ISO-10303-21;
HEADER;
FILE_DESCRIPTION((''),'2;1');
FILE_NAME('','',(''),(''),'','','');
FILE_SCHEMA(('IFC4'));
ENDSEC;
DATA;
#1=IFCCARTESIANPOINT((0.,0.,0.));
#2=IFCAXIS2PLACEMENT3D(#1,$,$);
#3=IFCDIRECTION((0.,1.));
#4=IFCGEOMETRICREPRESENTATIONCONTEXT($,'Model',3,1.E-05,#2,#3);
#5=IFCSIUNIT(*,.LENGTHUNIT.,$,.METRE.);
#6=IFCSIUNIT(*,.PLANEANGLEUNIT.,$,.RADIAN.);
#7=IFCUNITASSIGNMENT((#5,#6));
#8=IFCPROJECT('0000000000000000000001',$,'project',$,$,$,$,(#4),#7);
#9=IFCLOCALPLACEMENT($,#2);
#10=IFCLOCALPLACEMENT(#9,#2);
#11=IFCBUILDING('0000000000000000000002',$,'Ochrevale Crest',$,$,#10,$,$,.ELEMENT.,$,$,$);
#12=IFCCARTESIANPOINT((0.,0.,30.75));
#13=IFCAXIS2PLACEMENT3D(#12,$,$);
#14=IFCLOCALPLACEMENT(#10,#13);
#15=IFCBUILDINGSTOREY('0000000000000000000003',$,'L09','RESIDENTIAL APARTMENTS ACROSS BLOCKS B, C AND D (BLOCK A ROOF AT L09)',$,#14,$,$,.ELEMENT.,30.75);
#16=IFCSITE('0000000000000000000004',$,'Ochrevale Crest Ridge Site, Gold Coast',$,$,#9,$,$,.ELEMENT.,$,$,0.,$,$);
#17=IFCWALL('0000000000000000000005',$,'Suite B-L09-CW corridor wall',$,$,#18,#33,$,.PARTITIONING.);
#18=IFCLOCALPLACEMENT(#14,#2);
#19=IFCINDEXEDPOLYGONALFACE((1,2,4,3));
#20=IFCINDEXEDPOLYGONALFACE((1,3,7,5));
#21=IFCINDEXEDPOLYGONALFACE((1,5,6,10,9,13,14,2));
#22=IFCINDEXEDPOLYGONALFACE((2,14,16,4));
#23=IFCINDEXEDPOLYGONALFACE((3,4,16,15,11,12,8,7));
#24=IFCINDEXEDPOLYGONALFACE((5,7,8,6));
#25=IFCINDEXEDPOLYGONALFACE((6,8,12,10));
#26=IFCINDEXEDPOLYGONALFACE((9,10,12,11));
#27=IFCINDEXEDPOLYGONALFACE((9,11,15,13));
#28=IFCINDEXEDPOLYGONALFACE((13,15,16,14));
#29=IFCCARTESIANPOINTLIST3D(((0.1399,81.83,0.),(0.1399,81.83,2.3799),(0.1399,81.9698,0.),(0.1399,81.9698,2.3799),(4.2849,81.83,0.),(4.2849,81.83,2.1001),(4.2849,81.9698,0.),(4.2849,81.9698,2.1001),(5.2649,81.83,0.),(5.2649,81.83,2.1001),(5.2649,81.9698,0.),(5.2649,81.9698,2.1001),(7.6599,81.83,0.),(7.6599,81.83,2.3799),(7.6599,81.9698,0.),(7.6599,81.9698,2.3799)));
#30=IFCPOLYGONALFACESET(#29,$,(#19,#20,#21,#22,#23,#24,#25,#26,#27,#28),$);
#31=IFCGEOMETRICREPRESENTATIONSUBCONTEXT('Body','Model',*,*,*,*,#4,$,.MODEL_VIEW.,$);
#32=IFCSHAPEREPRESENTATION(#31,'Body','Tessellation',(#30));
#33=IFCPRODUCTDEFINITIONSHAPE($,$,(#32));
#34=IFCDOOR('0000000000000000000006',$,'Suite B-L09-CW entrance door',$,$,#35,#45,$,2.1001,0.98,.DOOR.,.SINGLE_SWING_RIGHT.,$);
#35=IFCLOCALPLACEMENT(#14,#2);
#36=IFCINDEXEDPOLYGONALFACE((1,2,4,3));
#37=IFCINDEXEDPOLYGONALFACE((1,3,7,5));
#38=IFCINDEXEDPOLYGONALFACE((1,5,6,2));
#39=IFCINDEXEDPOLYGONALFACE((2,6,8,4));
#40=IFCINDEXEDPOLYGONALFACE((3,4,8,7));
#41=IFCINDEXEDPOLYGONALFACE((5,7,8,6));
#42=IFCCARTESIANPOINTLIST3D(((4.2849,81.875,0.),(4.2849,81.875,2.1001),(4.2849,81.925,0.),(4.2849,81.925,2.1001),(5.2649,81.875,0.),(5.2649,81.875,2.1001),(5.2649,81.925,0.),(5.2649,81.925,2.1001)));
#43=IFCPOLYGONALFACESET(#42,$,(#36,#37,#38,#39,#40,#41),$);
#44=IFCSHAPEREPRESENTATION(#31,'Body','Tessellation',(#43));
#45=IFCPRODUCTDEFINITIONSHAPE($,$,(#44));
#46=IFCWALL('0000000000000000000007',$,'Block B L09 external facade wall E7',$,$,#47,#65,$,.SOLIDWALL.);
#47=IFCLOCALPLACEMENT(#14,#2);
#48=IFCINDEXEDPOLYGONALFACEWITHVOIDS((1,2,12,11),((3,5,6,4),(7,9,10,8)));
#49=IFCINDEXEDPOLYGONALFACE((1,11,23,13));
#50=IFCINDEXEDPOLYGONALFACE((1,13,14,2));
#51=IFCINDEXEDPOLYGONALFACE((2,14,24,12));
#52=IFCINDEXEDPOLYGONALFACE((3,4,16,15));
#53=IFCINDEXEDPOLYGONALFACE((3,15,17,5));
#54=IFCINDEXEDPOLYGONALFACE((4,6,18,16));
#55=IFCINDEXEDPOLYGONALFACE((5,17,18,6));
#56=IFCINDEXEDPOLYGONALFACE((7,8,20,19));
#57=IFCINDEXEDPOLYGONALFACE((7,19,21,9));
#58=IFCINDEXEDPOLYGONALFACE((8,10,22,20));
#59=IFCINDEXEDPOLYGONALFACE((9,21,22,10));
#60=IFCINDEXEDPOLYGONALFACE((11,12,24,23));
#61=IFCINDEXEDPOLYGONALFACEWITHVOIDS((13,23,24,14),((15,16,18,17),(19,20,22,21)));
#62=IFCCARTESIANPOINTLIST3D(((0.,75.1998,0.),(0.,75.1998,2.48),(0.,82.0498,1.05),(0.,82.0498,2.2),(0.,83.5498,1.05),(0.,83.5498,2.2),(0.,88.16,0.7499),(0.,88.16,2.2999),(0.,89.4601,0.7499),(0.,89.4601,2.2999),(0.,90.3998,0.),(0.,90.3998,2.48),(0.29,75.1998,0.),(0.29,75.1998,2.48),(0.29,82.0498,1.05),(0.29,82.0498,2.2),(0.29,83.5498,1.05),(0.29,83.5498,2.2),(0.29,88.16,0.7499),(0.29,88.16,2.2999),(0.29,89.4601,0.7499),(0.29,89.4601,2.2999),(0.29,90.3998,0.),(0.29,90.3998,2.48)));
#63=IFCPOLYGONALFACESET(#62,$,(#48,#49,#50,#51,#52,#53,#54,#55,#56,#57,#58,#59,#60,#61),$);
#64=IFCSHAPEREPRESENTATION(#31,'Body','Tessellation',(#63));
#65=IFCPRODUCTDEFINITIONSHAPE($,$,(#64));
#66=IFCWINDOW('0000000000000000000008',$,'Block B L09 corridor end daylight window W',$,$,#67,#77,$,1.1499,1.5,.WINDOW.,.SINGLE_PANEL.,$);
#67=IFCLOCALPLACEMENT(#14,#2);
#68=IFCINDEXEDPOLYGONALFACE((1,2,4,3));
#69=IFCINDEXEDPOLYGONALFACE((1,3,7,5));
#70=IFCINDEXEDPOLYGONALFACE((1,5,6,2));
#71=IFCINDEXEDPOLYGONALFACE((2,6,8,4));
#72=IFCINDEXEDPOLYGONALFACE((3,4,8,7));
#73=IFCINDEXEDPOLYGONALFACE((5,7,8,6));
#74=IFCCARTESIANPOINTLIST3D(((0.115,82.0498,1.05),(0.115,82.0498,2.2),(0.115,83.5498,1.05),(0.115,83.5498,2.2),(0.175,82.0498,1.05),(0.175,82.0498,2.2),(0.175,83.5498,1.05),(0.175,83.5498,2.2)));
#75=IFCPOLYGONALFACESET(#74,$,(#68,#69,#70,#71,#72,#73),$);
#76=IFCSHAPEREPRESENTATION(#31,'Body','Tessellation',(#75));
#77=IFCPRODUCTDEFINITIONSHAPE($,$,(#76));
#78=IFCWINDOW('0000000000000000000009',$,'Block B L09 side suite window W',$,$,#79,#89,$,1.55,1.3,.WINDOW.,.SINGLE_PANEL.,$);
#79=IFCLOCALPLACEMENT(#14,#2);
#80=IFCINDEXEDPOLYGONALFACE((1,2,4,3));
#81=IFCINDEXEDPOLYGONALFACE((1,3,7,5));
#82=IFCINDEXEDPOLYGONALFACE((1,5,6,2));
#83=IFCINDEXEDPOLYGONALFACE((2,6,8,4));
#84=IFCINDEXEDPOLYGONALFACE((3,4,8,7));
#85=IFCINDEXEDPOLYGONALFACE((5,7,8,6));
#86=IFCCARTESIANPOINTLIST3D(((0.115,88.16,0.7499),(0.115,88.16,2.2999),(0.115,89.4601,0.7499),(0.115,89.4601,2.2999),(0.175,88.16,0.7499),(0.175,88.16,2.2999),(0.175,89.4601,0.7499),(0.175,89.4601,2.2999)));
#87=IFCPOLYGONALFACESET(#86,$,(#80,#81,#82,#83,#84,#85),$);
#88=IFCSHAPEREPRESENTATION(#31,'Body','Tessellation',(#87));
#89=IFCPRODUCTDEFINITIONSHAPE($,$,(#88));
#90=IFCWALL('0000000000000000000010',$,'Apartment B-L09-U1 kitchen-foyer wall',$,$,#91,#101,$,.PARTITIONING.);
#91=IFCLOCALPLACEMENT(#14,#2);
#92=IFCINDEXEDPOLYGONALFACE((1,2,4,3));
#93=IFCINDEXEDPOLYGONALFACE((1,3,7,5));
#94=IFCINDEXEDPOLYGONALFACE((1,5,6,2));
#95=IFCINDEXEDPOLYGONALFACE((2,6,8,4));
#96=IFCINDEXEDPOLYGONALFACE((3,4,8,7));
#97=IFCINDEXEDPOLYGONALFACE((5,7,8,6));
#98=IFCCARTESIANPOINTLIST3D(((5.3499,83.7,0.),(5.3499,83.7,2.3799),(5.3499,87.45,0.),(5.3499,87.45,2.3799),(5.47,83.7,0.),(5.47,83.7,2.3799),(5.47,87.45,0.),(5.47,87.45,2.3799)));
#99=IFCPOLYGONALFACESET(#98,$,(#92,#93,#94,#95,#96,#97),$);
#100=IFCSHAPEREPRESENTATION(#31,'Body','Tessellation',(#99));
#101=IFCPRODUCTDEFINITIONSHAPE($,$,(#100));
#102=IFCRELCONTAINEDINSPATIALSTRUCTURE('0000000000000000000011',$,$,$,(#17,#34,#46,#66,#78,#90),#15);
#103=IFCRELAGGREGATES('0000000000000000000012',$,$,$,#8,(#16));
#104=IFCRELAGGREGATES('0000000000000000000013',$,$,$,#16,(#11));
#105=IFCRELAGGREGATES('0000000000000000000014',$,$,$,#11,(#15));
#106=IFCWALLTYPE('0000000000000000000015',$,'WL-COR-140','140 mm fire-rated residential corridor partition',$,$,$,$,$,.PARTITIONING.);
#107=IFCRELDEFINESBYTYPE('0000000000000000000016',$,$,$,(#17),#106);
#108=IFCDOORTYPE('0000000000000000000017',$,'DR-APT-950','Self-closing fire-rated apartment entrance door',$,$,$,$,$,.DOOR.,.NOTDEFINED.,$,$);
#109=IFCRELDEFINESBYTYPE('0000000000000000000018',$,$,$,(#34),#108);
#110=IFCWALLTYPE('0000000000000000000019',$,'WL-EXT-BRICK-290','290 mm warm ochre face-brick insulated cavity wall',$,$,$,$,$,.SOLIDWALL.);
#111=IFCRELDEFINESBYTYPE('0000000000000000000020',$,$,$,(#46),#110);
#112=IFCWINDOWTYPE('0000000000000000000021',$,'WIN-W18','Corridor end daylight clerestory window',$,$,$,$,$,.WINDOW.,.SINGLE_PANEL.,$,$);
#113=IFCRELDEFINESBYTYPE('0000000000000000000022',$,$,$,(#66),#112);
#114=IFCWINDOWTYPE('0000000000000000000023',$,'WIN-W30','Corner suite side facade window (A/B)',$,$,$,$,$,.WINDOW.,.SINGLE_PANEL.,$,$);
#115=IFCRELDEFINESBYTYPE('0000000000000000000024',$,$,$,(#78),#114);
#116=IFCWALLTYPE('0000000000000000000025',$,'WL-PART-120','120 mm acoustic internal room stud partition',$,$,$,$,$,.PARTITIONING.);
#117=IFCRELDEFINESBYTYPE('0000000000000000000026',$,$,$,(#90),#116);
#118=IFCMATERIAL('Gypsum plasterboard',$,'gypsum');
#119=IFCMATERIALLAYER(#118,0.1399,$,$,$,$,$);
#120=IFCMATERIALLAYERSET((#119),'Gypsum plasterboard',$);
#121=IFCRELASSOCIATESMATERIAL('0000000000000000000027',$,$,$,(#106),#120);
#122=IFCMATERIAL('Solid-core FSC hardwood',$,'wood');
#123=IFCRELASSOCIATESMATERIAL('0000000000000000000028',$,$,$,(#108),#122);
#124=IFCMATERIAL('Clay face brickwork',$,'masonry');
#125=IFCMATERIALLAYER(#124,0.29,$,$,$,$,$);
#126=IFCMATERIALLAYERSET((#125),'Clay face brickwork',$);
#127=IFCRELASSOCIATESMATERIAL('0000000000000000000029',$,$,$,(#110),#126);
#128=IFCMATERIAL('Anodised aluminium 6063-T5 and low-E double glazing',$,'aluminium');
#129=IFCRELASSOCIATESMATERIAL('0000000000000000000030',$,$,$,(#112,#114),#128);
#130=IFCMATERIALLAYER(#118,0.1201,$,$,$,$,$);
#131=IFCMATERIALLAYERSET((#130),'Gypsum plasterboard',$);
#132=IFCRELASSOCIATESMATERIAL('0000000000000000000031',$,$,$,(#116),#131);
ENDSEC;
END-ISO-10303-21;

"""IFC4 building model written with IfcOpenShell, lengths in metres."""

from ifc_helpers import new_model, si_unit, direction, frame, frame_2d, origin, place, context, subcontext, project, spatial, rectangle, extrude, material, layer, layer_set, type_object, element, fill, save


model = new_model("IFC4")

# Units and contexts
model_context = context("Model", 3, precision=1e-05, world=origin(), true_north=direction((0.0, 1.0)))
body_context = subcontext(model_context, "Body", "Model", "MODEL_VIEW")
ifc_project = project(units=[si_unit("LENGTHUNIT", "METRE"), si_unit("PLANEANGLEUNIT", "RADIAN")], contexts=[model_context])

# Site, building, storey
site_placement = place(None, origin())
site = spatial("IfcSite", under=ifc_project, at=site_placement, Name="Ochrevale Crest Ridge Site, Gold Coast", CompositionType="ELEMENT", RefElevation=0.0)
building_placement = place(site_placement, origin())
building = spatial("IfcBuilding", under=site, at=building_placement, Name="Ochrevale Crest", CompositionType="ELEMENT")
storey_placement = place(building_placement, frame((0.0, 0.0, 30.75)))
storey = spatial("IfcBuildingStorey", under=building, at=storey_placement, Name="L09", Description="RESIDENTIAL APARTMENTS ACROSS BLOCKS B, C AND D (BLOCK A ROOF AT L09)", CompositionType="ELEMENT", Elevation=30.75)

# Wall, opening, door
ifc_material_1 = material(Name="Gypsum plasterboard", Category="gypsum")
ifc_layer_1 = layer(ifc_material_1, 0.1399)
ifc_layer_set_1 = layer_set([ifc_layer_1], Name="Gypsum plasterboard")
wall_type_1 = type_object("IfcWallType", Name="WL-COR-140", Description="140 mm fire-rated residential corridor partition", PredefinedType="PARTITIONING", material=ifc_layer_set_1)
ifc_material_2 = material(Name="Solid-core FSC hardwood", Category="wood")
door_type_1 = type_object("IfcDoorType", Name="DR-APT-950", Description="Self-closing fire-rated apartment entrance door", OperationType="NOTDEFINED", PredefinedType="DOOR", material=ifc_material_2)
wall_1_placement = place(storey_placement, frame((0.1399, 81.8999, 0.0), z_axis=(0.0, 0.0, 1.0), x_axis=(1.0, 0.0, 0.0)))
wall_1 = element("IfcWall", 1, at=wall_1_placement, inside=storey, type_object=wall_type_1, Name="Suite B-L09-CW corridor wall", PredefinedType="PARTITIONING", context=body_context, shape_type="SweptSolid", body=[
    extrude(rectangle(XDim=7.52, YDim=0.1399, at=frame_2d((3.76, 0.0))), origin(), (0.0, 0.0, 1.0), 2.3799),
])
opening_1_placement = place(wall_1_placement, frame((5.125, 0.0, 0.0), z_axis=(0.0, 0.0, 1.0), x_axis=(-1.0, 0.0, 0.0)))
opening_1 = element("IfcOpeningElement", 2, at=opening_1_placement, cuts=wall_1, PredefinedType="OPENING", context=body_context, shape_type="SweptSolid", body=[
    extrude(rectangle(XDim=0.98, YDim=2.1001, at=frame_2d((0.49, 1.05))), frame((0.0, 0.0801, 0.0), z_axis=(0.0, -1.0, 0.0), x_axis=(1.0, 0.0, 0.0)), (0.0, 0.0, 1.0), 0.1599),
])
door_1_placement = place(opening_1_placement, origin())
door_1 = element("IfcDoor", 3, at=door_1_placement, inside=storey, type_object=door_type_1, Name="Suite B-L09-CW entrance door", OperationType="SINGLE_SWING_RIGHT", OverallHeight=2.1001, OverallWidth=0.98, PredefinedType="DOOR", context=body_context, shape_type="SweptSolid", body=[
    extrude(rectangle(XDim=0.98, YDim=2.1001, at=frame_2d((0.49, 1.05))), frame((0.0, 0.0249, 0.0), z_axis=(0.0, -1.0, 0.0), x_axis=(1.0, 0.0, 0.0)), (0.0, 0.0, 1.0), 0.05),
])
fill(opening_1, door_1)

# Wall, openings, windows
ifc_material_3 = material(Name="Clay face brickwork", Category="masonry")
ifc_layer_2 = layer(ifc_material_3, 0.29)
ifc_layer_set_2 = layer_set([ifc_layer_2], Name="Clay face brickwork")
wall_type_2 = type_object("IfcWallType", Name="WL-EXT-BRICK-290", Description="290 mm warm ochre face-brick insulated cavity wall", PredefinedType="SOLIDWALL", material=ifc_layer_set_2)
wall_2_placement = place(storey_placement, frame((0.145, 90.3999, 0.0), z_axis=(0.0, 0.0, 1.0), x_axis=(0.0, -1.0, 0.0)))
wall_2 = element("IfcWall", 4, at=wall_2_placement, inside=storey, type_object=wall_type_2, Name="Block B L09 external facade wall E7", PredefinedType="SOLIDWALL", context=body_context, shape_type="SweptSolid", body=[
    extrude(rectangle(XDim=15.2, YDim=0.29, at=frame_2d((7.6001, 0.0))), origin(), (0.0, 0.0, 1.0), 2.48),
])
opening_2_placement = place(wall_2_placement, frame((6.8501, 0.0, 1.05)))
opening_2 = element("IfcOpeningElement", 5, at=opening_2_placement, cuts=wall_2, PredefinedType="OPENING", context=body_context, shape_type="SweptSolid", body=[
    extrude(rectangle(XDim=1.5, YDim=1.1499, at=frame_2d((0.75, 0.575))), frame((0.0, 0.155, 0.0), z_axis=(0.0, -1.0, 0.0), x_axis=(1.0, 0.0, 0.0)), (0.0, 0.0, 1.0), 0.3101),
])
opening_3_placement = place(wall_2_placement, frame((0.9399, 0.0, 0.75)))
opening_3 = element("IfcOpeningElement", 6, at=opening_3_placement, cuts=wall_2, PredefinedType="OPENING", context=body_context, shape_type="SweptSolid", body=[
    extrude(rectangle(XDim=1.3, YDim=1.55, at=frame_2d((0.6499, 0.7749))), frame((0.0, 0.155, 0.0), z_axis=(0.0, -1.0, 0.0), x_axis=(1.0, 0.0, 0.0)), (0.0, 0.0, 1.0), 0.3101),
])
ifc_material_4 = material(Name="Anodised aluminium 6063-T5 and low-E double glazing", Category="aluminium")
window_type_1 = type_object("IfcWindowType", Name="WIN-W18", Description="Corridor end daylight clerestory window", PartitioningType="SINGLE_PANEL", PredefinedType="WINDOW", material=ifc_material_4)
window_1_placement = place(opening_2_placement, origin())
window_1 = element("IfcWindow", 7, at=window_1_placement, inside=storey, type_object=window_type_1, Name="Block B L09 corridor end daylight window W", OverallHeight=1.1499, OverallWidth=1.5, PartitioningType="SINGLE_PANEL", PredefinedType="WINDOW", context=body_context, shape_type="SweptSolid", body=[
    extrude(rectangle(XDim=1.5, YDim=1.1499, at=frame_2d((0.75, 0.575))), frame((0.0, 0.03, 0.0), z_axis=(0.0, -1.0, 0.0), x_axis=(1.0, 0.0, 0.0)), (0.0, 0.0, 1.0), 0.0601),
])
fill(opening_2, window_1)
window_type_2 = type_object("IfcWindowType", Name="WIN-W30", Description="Corner suite side facade window (A/B)", PartitioningType="SINGLE_PANEL", PredefinedType="WINDOW", material=ifc_material_4)
window_2_placement = place(opening_3_placement, origin())
window_2 = element("IfcWindow", 8, at=window_2_placement, inside=storey, type_object=window_type_2, Name="Block B L09 side suite window W", OverallHeight=1.55, OverallWidth=1.3, PartitioningType="SINGLE_PANEL", PredefinedType="WINDOW", context=body_context, shape_type="SweptSolid", body=[
    extrude(rectangle(XDim=1.3, YDim=1.55, at=frame_2d((0.6499, 0.7749))), frame((0.0, 0.03, 0.0), z_axis=(0.0, -1.0, 0.0), x_axis=(1.0, 0.0, 0.0)), (0.0, 0.0, 1.0), 0.0601),
])
fill(opening_3, window_2)

# Wall
ifc_layer_3 = layer(ifc_material_1, 0.1201)
ifc_layer_set_3 = layer_set([ifc_layer_3], Name="Gypsum plasterboard")
wall_type_3 = type_object("IfcWallType", Name="WL-PART-120", Description="120 mm acoustic internal room stud partition", PredefinedType="PARTITIONING", material=ifc_layer_set_3)
wall_3_placement = place(storey_placement, frame((5.4099, 83.7, 0.0), z_axis=(0.0, 0.0, 1.0), x_axis=(0.0, 1.0, 0.0)))
element("IfcWall", 9, at=wall_3_placement, inside=storey, type_object=wall_type_3, Name="Apartment B-L09-U1 kitchen-foyer wall", PredefinedType="PARTITIONING", context=body_context, shape_type="SweptSolid", body=[
    extrude(rectangle(XDim=3.75, YDim=0.1201, at=frame_2d((1.875, 0.0))), origin(), (0.0, 0.0, 1.0), 2.3799),
])

save(model, "model.ifc")
